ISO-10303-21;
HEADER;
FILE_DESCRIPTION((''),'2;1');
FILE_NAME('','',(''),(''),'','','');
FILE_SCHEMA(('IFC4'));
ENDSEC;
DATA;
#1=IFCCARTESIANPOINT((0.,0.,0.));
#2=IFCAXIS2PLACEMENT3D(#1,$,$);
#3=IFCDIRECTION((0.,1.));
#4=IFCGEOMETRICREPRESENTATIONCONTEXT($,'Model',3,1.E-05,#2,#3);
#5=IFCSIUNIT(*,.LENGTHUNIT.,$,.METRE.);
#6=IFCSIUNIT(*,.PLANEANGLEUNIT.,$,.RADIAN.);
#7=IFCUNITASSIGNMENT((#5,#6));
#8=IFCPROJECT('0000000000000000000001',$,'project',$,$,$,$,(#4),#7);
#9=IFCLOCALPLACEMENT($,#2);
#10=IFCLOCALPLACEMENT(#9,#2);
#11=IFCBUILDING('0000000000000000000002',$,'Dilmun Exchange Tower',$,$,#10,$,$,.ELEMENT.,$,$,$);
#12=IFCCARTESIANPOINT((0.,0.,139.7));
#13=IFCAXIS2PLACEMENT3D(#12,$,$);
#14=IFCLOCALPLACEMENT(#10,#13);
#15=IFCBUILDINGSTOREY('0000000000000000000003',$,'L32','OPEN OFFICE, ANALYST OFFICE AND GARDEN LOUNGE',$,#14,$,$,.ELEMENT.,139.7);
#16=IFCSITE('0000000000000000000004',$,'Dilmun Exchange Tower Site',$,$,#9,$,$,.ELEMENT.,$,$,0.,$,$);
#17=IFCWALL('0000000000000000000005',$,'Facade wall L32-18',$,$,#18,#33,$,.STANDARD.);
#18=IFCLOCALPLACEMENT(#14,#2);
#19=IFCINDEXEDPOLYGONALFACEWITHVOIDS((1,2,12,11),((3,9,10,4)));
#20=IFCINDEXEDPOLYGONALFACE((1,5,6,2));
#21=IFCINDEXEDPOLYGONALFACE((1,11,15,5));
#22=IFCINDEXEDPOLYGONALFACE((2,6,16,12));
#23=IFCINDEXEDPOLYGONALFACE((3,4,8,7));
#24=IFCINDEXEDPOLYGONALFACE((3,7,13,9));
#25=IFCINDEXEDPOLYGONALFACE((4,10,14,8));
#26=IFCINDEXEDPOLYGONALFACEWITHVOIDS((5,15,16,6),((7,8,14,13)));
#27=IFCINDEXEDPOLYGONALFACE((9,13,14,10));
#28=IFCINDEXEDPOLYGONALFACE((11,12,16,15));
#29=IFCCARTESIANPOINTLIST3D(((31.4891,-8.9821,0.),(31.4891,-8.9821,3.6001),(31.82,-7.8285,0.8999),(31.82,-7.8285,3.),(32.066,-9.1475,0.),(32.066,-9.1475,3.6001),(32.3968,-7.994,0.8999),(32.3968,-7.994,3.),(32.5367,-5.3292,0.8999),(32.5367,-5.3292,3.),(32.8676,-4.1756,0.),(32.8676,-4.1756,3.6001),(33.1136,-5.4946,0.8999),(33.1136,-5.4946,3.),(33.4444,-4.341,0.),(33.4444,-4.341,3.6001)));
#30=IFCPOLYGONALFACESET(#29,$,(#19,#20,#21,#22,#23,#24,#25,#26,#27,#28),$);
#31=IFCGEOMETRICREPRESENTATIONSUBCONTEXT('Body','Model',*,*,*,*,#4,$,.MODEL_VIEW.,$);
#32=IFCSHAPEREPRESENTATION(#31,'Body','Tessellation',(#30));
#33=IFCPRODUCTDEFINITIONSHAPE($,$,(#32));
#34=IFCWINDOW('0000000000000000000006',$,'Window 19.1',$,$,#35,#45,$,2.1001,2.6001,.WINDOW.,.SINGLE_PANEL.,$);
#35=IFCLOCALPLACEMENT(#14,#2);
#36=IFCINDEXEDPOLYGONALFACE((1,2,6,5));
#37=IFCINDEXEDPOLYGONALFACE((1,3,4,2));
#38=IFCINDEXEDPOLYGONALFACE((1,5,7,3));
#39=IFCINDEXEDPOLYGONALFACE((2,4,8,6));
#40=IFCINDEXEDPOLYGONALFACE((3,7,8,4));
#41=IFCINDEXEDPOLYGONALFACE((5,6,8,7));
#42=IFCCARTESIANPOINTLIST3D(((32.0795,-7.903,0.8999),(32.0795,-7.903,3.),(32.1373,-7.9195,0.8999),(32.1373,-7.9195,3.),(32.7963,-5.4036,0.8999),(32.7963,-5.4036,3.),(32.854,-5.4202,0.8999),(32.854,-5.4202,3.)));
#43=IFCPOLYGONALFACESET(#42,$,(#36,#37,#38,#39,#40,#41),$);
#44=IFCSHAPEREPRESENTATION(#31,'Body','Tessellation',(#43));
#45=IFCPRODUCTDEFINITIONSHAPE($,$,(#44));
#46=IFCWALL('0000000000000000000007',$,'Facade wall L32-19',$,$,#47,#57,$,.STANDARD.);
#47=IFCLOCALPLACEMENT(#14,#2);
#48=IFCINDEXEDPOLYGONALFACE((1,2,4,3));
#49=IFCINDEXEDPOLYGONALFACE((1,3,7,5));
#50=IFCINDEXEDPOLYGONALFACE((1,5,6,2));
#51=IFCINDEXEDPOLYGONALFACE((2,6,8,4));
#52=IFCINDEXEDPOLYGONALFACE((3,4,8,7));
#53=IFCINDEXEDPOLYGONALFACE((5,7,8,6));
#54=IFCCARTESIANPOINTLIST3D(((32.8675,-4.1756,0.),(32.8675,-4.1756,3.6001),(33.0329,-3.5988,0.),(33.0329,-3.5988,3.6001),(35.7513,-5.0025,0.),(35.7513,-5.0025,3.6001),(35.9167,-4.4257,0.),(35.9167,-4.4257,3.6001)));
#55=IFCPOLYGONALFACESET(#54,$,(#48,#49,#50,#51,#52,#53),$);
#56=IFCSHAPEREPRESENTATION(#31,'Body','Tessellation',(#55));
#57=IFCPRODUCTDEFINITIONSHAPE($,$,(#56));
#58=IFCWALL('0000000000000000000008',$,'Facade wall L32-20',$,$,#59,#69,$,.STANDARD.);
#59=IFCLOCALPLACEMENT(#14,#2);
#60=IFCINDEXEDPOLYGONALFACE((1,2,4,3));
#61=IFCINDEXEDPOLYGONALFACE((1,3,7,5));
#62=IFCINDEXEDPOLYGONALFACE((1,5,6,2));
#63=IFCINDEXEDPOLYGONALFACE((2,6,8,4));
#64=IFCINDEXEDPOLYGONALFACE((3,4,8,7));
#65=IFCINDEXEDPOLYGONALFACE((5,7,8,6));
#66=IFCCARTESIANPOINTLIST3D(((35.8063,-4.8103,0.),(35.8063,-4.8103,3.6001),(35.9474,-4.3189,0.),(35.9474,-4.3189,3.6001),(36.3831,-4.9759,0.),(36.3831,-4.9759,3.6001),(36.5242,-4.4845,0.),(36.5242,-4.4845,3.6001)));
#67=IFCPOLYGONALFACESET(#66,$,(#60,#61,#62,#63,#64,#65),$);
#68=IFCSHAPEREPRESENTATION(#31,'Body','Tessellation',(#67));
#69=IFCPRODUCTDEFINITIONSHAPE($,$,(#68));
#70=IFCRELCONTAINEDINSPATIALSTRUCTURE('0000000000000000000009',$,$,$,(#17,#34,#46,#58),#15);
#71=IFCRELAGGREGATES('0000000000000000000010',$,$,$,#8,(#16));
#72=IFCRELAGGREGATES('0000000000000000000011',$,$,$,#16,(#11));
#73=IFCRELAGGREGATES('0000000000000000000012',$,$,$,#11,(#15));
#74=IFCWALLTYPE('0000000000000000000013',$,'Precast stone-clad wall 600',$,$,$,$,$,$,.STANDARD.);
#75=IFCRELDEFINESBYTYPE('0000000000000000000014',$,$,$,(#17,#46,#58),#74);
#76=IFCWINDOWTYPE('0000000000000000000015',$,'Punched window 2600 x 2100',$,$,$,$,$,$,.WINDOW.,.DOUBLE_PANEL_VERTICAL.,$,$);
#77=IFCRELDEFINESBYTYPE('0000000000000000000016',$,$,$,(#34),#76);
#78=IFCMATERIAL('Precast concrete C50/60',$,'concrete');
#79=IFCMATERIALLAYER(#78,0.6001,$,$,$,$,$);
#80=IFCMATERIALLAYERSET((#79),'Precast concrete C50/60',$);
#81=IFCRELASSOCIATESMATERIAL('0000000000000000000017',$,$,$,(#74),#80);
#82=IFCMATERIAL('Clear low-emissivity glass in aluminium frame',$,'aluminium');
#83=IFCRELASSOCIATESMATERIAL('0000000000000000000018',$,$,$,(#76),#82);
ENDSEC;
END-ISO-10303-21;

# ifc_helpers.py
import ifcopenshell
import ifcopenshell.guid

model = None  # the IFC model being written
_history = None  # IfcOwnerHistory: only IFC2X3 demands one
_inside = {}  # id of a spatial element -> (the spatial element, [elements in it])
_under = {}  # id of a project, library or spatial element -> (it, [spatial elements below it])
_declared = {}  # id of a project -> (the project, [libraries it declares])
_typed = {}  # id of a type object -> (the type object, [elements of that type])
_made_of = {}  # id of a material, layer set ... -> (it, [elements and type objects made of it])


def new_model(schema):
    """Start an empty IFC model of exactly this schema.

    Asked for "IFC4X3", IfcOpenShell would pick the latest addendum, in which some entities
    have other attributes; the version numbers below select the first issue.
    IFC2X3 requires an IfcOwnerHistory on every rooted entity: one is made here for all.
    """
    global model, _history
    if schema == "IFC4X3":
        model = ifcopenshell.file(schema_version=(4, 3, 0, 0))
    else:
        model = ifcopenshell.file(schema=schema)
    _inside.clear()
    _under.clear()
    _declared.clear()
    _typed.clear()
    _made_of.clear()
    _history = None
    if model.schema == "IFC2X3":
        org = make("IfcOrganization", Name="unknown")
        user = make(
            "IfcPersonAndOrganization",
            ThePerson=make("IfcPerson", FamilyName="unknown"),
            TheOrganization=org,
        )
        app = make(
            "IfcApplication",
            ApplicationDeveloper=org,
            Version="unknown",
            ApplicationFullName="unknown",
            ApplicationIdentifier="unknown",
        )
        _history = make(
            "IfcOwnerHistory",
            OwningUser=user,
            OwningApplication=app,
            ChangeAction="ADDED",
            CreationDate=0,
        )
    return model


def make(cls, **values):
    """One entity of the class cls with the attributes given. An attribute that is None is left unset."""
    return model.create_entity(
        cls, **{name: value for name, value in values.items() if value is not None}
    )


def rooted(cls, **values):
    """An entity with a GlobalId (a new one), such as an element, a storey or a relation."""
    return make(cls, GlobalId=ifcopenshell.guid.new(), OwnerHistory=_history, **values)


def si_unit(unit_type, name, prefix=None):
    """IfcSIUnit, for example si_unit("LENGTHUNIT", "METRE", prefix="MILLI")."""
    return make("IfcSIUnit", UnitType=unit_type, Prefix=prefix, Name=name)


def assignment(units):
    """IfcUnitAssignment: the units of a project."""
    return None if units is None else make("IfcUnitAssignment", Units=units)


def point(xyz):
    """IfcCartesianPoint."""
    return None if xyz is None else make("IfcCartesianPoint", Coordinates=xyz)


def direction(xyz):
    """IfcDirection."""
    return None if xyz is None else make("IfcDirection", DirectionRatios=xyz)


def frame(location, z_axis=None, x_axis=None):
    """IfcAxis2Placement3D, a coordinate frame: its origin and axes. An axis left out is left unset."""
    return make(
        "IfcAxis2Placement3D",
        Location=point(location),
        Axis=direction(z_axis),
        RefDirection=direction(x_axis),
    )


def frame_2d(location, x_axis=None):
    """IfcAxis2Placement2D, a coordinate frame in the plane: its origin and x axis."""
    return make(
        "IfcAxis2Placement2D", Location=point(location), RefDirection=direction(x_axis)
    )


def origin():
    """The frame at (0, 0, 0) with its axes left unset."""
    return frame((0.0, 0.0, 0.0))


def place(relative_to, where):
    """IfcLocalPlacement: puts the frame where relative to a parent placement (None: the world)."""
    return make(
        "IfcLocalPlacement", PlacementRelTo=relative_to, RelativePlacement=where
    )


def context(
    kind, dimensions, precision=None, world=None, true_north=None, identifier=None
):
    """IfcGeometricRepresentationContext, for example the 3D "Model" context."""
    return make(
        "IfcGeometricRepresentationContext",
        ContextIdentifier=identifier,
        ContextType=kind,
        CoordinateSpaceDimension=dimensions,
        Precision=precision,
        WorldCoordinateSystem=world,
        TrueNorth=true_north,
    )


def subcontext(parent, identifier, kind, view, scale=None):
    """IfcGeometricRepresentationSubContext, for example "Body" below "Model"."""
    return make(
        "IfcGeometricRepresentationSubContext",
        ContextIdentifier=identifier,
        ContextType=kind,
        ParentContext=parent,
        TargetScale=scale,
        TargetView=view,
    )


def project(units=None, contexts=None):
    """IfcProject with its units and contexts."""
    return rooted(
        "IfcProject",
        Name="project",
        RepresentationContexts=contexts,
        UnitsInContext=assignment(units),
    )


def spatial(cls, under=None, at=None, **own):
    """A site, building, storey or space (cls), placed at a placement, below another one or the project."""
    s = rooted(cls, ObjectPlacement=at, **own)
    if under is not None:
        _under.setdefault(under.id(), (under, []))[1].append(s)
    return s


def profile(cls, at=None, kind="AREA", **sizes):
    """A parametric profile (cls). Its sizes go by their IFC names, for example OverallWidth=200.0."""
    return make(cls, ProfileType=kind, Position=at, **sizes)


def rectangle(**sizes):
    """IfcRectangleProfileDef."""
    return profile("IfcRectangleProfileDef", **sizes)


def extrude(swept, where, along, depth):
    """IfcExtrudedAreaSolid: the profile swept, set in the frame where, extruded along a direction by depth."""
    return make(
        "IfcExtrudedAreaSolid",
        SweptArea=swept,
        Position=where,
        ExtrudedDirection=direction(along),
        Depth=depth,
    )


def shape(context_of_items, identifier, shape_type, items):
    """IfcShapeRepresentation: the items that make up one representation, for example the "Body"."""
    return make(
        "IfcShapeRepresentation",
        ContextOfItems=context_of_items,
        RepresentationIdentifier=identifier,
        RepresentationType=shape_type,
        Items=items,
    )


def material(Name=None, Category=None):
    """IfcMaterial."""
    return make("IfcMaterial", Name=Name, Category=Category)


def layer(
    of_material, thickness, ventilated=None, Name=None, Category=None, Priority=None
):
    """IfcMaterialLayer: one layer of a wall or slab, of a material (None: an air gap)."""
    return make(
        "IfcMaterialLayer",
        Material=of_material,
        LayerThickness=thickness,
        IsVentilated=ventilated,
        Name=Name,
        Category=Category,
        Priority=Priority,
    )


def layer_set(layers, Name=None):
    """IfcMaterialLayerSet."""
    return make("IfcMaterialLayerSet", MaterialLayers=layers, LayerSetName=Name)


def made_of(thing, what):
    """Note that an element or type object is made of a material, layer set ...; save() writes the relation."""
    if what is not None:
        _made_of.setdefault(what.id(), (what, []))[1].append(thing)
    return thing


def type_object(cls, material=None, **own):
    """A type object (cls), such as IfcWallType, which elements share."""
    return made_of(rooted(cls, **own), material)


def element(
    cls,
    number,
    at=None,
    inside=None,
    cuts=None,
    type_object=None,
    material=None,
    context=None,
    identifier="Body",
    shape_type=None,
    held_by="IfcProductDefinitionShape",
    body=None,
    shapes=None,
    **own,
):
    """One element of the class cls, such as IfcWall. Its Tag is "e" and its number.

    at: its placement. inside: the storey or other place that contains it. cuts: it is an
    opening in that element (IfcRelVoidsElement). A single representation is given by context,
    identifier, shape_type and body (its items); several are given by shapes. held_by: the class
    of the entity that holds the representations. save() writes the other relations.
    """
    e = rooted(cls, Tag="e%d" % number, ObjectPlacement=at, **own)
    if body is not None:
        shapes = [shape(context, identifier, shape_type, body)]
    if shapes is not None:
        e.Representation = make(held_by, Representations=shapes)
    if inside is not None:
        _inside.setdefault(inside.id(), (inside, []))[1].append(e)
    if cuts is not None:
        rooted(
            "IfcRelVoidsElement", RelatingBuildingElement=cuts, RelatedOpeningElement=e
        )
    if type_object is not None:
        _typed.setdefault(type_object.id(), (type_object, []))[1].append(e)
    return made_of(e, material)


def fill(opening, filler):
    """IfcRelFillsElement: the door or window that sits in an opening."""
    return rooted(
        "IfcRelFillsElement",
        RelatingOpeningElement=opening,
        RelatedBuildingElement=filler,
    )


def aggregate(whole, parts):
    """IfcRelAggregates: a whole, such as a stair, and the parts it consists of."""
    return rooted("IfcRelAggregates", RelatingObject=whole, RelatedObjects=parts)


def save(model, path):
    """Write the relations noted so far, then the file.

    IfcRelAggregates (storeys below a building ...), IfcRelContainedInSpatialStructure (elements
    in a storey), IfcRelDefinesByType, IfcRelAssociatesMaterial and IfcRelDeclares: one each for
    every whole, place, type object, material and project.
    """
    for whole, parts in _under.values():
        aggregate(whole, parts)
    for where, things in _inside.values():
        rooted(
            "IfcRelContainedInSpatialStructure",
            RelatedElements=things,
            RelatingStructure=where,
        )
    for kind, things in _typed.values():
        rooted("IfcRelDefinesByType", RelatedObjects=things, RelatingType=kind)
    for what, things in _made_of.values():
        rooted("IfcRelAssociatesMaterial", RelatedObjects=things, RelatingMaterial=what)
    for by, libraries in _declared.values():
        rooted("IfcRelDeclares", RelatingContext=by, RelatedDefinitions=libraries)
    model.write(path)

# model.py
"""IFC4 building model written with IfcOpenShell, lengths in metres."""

from ifc_helpers import new_model, si_unit, direction, frame, frame_2d, origin, place, context, subcontext, project, spatial, rectangle, extrude, material, layer, layer_set, type_object, element, fill, save


model = new_model("IFC4")

# Units and contexts
model_context = context("Model", 3, precision=1e-05, world=origin(), true_north=direction((0.0, 1.0)))
body_context = subcontext(model_context, "Body", "Model", "MODEL_VIEW")
ifc_project = project(units=[si_unit("LENGTHUNIT", "METRE"), si_unit("PLANEANGLEUNIT", "RADIAN")], contexts=[model_context])

# Site, building, storey
site_placement = place(None, origin())
site = spatial("IfcSite", under=ifc_project, at=site_placement, Name="Dilmun Exchange Tower Site", CompositionType="ELEMENT", RefElevation=0.0)
building_placement = place(site_placement, origin())
building = spatial("IfcBuilding", under=site, at=building_placement, Name="Dilmun Exchange Tower", CompositionType="ELEMENT")
storey_placement = place(building_placement, frame((0.0, 0.0, 139.7)))
storey = spatial("IfcBuildingStorey", under=building, at=storey_placement, Name="L32", Description="OPEN OFFICE, ANALYST OFFICE AND GARDEN LOUNGE", CompositionType="ELEMENT", Elevation=139.7)

# Shared definitions
ifc_material_1 = material(Name="Precast concrete C50/60", Category="concrete")
ifc_layer_1 = layer(ifc_material_1, 0.6001)
ifc_layer_set_1 = layer_set([ifc_layer_1], Name="Precast concrete C50/60")
wall_type_1 = type_object("IfcWallType", Name="Precast stone-clad wall 600", PredefinedType="STANDARD", material=ifc_layer_set_1)

# Wall, opening, window
wall_1_placement = place(storey_placement, frame((31.7776, -9.0647, 0.0), z_axis=(0.0, 0.0, 1.0), x_axis=(0.275675, 0.961251, 0.0)))
wall_1 = element("IfcWall", 1, at=wall_1_placement, inside=storey, type_object=wall_type_1, Name="Facade wall L32-18", PredefinedType="STANDARD", context=body_context, shape_type="SweptSolid", body=[
    extrude(rectangle(XDim=5.0002, YDim=0.6001, at=frame_2d((2.5, 0.0))), origin(), (0.0, 0.0, 1.0), 3.6001),
])
opening_1_placement = place(wall_1_placement, frame((1.2, 0.0, 0.8999)))
opening_1 = element("IfcOpeningElement", 2, at=opening_1_placement, cuts=wall_1, PredefinedType="OPENING", context=body_context, shape_type="SweptSolid", body=[
    extrude(rectangle(XDim=2.6001, YDim=2.1001, at=frame_2d((1.3, 1.05))), frame((0.0, 0.3101, 0.0), z_axis=(0.0, -1.0, 0.0), x_axis=(1.0, 0.0, 0.0)), (0.0, 0.0, 1.0), 0.6201),
])
ifc_material_2 = material(Name="Clear low-emissivity glass in aluminium frame", Category="aluminium")
window_type_1 = type_object("IfcWindowType", Name="Punched window 2600 x 2100", PartitioningType="DOUBLE_PANEL_VERTICAL", PredefinedType="WINDOW", material=ifc_material_2)
window_1_placement = place(opening_1_placement, origin())
window_1 = element("IfcWindow", 3, at=window_1_placement, inside=storey, type_object=window_type_1, Name="Window 19.1", OverallHeight=2.1001, OverallWidth=2.6001, PartitioningType="SINGLE_PANEL", PredefinedType="WINDOW", context=body_context, shape_type="SweptSolid", body=[
    extrude(rectangle(XDim=2.6001, YDim=2.1001, at=frame_2d((1.3, 1.05))), frame((0.0, 0.03, 0.0), z_axis=(0.0, -1.0, 0.0), x_axis=(1.0, 0.0, 0.0)), (0.0, 0.0, 1.0), 0.0601),
])
fill(opening_1, window_1)

# Walls
wall_2_placement = place(storey_placement, frame((32.9502, -3.8872, 0.0), z_axis=(0.0, 0.0, 1.0), x_axis=(0.961262, -0.275635, 0.0)))
element("IfcWall", 4, at=wall_2_placement, inside=storey, type_object=wall_type_1, Name="Facade wall L32-19", PredefinedType="STANDARD", context=body_context, shape_type="SweptSolid", body=[
    extrude(rectangle(XDim=3.0, YDim=0.6001, at=frame_2d((1.5, 0.0))), origin(), (0.0, 0.0, 1.0), 3.6001),
])
wall_3_placement = place(storey_placement, frame((36.0947, -4.8931, 0.0), z_axis=(0.0, 0.0, 1.0), x_axis=(0.275982, 0.961163, 0.0)))
element("IfcWall", 5, at=wall_3_placement, inside=storey, type_object=wall_type_1, Name="Facade wall L32-20", PredefinedType="STANDARD", context=body_context, shape_type="SweptSolid", body=[
    extrude(rectangle(XDim=0.5112, YDim=0.6001, at=frame_2d((0.2556, 0.0))), origin(), (0.0, 0.0, 1.0), 3.6001),
])

save(model, "model.ifc")
